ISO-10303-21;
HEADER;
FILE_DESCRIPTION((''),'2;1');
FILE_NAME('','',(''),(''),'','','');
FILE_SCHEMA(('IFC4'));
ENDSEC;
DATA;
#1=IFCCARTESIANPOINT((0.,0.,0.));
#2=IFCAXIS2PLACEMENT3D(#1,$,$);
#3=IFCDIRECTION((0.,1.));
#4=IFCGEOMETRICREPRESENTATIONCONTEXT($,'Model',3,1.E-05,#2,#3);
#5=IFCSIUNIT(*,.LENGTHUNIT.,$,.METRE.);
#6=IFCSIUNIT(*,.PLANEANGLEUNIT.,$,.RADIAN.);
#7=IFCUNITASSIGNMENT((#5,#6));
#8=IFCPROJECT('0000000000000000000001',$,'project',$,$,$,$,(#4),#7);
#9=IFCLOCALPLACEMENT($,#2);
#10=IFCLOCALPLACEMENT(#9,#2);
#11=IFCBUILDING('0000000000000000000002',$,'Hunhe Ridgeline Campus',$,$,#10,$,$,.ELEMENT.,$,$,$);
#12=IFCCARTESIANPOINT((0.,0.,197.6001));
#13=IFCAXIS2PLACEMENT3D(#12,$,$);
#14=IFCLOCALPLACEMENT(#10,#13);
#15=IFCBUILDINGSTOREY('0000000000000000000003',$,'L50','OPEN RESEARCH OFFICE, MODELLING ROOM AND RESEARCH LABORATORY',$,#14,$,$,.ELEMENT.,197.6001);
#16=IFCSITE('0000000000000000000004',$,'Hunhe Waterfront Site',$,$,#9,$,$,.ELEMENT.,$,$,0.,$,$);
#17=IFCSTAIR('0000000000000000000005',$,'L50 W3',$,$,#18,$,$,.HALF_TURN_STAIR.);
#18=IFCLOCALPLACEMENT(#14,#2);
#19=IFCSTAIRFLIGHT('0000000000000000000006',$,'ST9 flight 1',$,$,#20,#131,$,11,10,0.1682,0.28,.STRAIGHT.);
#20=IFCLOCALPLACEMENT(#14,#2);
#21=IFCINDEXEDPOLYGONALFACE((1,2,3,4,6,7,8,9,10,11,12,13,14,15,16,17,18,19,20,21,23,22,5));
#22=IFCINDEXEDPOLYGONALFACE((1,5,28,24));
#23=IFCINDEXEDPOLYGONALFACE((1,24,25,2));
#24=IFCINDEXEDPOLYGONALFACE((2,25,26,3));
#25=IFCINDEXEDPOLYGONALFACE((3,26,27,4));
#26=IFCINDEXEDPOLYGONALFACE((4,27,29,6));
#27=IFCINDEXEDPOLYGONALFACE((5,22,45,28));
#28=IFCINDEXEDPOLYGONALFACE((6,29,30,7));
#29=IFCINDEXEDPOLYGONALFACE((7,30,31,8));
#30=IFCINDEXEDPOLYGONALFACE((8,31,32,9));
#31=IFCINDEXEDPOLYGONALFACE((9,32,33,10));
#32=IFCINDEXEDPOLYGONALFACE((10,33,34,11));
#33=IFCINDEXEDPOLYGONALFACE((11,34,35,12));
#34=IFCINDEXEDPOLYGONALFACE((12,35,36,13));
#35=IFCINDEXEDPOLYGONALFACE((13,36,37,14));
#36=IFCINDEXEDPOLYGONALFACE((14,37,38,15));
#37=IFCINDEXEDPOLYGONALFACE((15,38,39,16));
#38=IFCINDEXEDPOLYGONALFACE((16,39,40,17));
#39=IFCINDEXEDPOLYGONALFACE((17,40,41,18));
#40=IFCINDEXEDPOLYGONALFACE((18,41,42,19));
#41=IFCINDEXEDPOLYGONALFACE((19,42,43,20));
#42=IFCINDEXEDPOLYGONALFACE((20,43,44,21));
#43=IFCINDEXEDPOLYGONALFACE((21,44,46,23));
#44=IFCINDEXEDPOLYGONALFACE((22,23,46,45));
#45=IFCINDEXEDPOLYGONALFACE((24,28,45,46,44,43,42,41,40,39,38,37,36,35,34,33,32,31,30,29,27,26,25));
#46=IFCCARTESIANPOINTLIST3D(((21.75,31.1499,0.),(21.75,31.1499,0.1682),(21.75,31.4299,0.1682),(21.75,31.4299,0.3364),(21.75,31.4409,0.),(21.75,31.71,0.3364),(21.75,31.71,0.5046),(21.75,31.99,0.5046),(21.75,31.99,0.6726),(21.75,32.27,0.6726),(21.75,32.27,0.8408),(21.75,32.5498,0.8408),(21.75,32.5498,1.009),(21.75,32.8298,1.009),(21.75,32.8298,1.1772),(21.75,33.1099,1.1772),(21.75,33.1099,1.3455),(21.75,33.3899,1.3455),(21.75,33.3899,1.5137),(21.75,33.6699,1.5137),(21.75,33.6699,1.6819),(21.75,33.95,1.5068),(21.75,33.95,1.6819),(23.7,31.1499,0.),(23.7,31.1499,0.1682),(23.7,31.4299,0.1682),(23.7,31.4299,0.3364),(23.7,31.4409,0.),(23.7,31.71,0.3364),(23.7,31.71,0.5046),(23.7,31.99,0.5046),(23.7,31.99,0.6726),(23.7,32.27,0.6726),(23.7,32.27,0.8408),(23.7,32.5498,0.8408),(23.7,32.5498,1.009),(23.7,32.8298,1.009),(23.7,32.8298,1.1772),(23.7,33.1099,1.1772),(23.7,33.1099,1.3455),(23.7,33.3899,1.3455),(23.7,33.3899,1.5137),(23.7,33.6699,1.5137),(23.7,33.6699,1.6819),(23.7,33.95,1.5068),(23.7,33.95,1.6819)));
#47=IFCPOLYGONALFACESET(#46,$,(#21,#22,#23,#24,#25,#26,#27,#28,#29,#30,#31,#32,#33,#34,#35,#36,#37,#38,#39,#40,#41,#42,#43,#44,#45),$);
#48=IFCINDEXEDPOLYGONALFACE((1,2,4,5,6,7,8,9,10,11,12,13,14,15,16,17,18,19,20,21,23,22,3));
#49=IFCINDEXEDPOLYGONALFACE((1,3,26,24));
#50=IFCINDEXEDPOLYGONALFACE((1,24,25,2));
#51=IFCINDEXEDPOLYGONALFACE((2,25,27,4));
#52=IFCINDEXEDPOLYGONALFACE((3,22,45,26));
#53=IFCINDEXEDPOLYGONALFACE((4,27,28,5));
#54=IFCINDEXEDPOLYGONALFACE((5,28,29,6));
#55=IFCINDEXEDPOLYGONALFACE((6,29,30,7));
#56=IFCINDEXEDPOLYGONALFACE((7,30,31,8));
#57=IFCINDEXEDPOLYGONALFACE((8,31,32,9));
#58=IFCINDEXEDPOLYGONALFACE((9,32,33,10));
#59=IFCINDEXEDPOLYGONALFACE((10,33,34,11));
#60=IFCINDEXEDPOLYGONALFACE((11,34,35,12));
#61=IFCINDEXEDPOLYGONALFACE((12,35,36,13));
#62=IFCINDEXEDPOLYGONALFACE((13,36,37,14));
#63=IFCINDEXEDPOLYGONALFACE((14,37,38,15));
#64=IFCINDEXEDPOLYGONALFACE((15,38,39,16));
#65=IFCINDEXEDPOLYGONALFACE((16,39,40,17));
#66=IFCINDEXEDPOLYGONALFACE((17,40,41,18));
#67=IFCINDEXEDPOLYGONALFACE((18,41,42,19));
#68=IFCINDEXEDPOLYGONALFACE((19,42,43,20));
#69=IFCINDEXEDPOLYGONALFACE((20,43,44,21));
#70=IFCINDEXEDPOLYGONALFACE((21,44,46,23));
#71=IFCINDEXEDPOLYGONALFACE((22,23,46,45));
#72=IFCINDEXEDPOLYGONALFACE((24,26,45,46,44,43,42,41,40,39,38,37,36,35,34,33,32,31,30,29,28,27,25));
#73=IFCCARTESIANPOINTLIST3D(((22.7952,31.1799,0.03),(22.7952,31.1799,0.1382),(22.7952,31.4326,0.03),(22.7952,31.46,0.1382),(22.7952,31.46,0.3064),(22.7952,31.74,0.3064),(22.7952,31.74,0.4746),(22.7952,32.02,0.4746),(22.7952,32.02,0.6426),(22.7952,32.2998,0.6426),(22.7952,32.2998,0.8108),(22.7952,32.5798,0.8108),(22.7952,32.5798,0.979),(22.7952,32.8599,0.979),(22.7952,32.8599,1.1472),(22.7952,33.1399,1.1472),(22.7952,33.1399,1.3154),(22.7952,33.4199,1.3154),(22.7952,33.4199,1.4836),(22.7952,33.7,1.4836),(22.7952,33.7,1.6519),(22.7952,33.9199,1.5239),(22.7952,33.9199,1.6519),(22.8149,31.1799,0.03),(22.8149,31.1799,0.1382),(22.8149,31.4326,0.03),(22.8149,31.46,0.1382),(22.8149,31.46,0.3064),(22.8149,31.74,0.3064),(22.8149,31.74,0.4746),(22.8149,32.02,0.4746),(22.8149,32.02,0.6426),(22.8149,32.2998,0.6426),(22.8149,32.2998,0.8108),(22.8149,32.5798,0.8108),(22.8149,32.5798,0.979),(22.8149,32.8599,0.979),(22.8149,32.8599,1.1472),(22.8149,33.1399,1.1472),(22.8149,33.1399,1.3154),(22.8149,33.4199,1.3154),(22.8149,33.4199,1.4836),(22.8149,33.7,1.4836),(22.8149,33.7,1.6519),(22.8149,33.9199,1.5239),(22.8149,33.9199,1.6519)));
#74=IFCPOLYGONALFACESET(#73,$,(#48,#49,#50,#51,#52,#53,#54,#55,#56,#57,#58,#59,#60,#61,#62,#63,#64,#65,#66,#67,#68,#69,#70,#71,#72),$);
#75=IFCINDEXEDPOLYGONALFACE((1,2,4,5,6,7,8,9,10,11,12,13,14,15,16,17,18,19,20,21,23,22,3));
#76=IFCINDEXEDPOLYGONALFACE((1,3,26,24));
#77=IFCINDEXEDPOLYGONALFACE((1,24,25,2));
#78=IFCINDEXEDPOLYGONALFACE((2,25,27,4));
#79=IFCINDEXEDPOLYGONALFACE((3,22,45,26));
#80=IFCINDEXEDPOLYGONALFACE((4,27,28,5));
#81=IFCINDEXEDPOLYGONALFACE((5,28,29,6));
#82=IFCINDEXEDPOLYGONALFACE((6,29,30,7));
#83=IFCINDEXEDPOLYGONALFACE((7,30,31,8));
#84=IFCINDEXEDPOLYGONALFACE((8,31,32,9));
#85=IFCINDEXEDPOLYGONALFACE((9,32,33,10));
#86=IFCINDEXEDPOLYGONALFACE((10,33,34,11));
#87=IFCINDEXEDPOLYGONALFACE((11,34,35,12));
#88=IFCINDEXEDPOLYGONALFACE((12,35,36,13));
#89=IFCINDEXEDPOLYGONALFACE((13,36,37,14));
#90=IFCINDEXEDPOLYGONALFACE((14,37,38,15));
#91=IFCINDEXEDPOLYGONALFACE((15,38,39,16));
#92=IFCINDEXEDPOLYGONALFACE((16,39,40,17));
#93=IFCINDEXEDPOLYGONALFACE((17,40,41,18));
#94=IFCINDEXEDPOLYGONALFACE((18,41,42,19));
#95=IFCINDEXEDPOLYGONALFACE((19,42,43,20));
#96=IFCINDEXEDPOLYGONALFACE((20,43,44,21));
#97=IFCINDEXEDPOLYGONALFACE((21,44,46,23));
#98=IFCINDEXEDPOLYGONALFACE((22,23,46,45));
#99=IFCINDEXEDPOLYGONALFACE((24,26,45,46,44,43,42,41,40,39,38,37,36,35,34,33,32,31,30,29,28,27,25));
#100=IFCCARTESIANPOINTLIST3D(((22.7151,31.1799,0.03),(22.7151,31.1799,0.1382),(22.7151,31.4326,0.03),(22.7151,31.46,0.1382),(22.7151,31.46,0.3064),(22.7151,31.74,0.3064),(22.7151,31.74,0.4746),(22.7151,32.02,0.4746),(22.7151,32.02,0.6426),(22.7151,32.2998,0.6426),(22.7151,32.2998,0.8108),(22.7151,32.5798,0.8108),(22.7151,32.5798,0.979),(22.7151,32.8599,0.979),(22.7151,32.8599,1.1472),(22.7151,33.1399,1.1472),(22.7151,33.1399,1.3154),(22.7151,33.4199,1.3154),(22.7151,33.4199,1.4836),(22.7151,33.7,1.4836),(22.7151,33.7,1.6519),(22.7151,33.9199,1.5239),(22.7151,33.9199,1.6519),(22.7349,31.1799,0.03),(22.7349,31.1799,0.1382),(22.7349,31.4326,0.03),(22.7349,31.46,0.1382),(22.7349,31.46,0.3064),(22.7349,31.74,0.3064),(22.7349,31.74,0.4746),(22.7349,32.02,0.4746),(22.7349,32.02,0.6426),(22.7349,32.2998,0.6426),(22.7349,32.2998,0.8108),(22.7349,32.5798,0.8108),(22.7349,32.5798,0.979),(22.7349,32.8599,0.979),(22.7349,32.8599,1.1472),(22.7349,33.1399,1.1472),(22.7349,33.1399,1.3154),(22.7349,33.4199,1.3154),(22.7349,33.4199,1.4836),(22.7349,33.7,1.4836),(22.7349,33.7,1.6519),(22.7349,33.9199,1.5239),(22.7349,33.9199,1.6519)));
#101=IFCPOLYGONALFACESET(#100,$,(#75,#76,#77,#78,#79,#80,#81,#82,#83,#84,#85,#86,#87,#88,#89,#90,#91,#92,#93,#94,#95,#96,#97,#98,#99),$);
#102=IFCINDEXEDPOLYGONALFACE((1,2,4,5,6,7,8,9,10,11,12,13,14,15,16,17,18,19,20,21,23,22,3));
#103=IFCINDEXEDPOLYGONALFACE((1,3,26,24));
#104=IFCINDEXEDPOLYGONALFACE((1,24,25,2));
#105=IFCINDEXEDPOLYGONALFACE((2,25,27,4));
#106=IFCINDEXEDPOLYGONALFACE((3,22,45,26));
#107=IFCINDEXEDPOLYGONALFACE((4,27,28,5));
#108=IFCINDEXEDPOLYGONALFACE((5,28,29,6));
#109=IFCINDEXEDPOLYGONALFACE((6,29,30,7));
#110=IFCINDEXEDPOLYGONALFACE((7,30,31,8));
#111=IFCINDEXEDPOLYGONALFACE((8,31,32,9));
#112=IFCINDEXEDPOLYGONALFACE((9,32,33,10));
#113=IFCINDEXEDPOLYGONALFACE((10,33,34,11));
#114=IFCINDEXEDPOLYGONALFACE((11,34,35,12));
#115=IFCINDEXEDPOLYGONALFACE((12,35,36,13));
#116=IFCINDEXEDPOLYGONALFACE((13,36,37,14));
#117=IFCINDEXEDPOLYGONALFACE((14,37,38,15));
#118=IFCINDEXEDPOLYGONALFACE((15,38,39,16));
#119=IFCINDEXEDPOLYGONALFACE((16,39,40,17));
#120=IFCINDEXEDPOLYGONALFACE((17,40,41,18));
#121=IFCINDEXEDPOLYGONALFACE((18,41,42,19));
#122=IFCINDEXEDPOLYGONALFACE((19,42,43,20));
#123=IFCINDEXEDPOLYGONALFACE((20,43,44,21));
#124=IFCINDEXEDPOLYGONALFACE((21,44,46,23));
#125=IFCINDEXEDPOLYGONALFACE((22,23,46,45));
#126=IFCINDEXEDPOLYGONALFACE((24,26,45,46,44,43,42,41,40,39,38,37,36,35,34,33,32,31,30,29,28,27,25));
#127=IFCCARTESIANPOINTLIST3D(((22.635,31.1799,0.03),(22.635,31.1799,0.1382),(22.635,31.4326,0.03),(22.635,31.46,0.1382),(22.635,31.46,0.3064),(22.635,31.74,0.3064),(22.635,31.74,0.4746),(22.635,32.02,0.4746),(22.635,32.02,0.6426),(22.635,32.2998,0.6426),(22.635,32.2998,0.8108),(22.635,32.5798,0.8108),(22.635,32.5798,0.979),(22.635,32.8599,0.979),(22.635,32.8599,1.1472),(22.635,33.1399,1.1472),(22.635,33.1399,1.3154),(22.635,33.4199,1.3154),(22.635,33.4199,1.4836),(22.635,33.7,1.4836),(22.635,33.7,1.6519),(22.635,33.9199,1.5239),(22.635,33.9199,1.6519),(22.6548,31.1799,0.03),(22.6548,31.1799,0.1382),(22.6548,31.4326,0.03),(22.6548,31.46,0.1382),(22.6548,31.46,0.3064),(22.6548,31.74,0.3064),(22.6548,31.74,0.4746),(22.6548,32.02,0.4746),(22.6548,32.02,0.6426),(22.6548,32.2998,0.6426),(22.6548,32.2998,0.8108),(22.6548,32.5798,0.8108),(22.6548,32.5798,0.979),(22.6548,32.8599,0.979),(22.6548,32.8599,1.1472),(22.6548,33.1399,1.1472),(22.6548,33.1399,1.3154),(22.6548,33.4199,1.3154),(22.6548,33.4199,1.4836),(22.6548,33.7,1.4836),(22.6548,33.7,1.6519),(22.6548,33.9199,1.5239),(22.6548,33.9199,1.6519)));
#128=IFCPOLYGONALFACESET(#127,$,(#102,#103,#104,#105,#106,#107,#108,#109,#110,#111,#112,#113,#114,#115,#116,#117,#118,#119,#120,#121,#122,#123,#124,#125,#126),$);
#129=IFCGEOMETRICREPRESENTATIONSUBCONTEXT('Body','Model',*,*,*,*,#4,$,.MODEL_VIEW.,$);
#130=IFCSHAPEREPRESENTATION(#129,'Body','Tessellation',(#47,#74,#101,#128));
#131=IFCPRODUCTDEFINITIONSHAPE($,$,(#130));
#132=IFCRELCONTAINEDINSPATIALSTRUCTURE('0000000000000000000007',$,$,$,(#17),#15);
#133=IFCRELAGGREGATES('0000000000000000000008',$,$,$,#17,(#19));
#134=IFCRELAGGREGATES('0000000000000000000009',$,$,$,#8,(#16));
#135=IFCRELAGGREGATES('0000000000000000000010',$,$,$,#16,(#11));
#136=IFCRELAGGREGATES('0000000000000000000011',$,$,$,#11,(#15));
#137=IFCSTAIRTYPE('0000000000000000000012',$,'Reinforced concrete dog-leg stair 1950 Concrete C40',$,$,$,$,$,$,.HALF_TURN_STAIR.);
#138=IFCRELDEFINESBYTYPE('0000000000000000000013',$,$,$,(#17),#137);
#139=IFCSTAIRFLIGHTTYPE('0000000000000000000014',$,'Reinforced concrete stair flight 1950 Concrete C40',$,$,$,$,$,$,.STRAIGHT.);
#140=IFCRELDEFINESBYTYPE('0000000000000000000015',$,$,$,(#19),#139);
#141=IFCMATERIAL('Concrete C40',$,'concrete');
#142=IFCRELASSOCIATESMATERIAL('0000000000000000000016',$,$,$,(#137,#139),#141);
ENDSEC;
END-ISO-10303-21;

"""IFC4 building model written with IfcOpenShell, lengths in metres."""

from ifc_helpers import new_model, si_unit, direction, frame, origin, place, context, subcontext, project, spatial, polyline, outline, extrude, material, type_object, element, aggregate, save


model = new_model("IFC4")

# Units and contexts
model_context = context("Model", 3, precision=1e-05, world=origin(), true_north=direction((0.0, 1.0)))
body_context = subcontext(model_context, "Body", "Model", "MODEL_VIEW")
ifc_project = project(units=[si_unit("LENGTHUNIT", "METRE"), si_unit("PLANEANGLEUNIT", "RADIAN")], contexts=[model_context])

# Site, building, storey
site_placement = place(None, origin())
site = spatial("IfcSite", under=ifc_project, at=site_placement, Name="Hunhe Waterfront Site", CompositionType="ELEMENT", RefElevation=0.0)
building_placement = place(site_placement, origin())
building = spatial("IfcBuilding", under=site, at=building_placement, Name="Hunhe Ridgeline Campus", CompositionType="ELEMENT")
storey_placement = place(building_placement, frame((0.0, 0.0, 197.6001)))
storey = spatial("IfcBuildingStorey", under=building, at=storey_placement, Name="L50", Description="OPEN RESEARCH OFFICE, MODELLING ROOM AND RESEARCH LABORATORY", CompositionType="ELEMENT", Elevation=197.6001)

# Stair, stair flight
ifc_material_1 = material(Name="Concrete C40", Category="concrete")
stair_type = type_object("IfcStairType", Name="Reinforced concrete dog-leg stair 1950 Concrete C40", PredefinedType="HALF_TURN_STAIR", material=ifc_material_1)
stair_placement = place(storey_placement, origin())
stair = element("IfcStair", 1, at=stair_placement, inside=storey, type_object=stair_type, Name="L50 W3", PredefinedType="HALF_TURN_STAIR")
stair_flight_type = type_object("IfcStairFlightType", Name="Reinforced concrete stair flight 1950 Concrete C40", PredefinedType="STRAIGHT", material=ifc_material_1)
stair_flight_1_placement = place(storey_placement, frame((22.7251, 31.1499, 0.0), z_axis=(0.0, 0.0, 1.0), x_axis=(0.0, 1.0, 0.0)))
stair_flight_1 = element("IfcStairFlight", 2, at=stair_flight_1_placement, type_object=stair_flight_type, Name="ST9 flight 1", NumberOfRisers=11, NumberOfTreads=10, PredefinedType="STRAIGHT", RiserHeight=0.1682, TreadLength=0.28, context=body_context, shape_type="SweptSolid", body=[
    extrude(outline(polyline([(0.0, 0.0), (0.0, 0.1682), (0.28, 0.1682), (0.28, 0.3364), (0.5601, 0.3364), (0.5601, 0.5046), (0.8401, 0.5046), (0.8401, 0.6726), (1.1201, 0.6726), (1.1201, 0.8408), (1.3999, 0.8408), (1.3999, 1.009), (1.6799, 1.009), (1.6799, 1.1772), (1.96, 1.1772), (1.96, 1.3455), (2.24, 1.3455), (2.24, 1.5137), (2.52, 1.5137), (2.52, 1.6819), (2.8, 1.6819), (2.8, 1.8501), (2.8, 1.5068), (0.291, 0.0), (0.0, 0.0)])), frame((0.0, 0.9751, 0.0), z_axis=(0.0, -1.0, 0.0), x_axis=(1.0, 0.0, 0.0)), (0.0, 0.0, 1.0), 1.95),
    extrude(outline(polyline([(0.03, 0.03), (0.03, 0.1382), (0.3101, 0.1382), (0.3101, 0.3064), (0.5901, 0.3064), (0.5901, 0.4746), (0.8701, 0.4746), (0.8701, 0.6426), (1.1499, 0.6426), (1.1499, 0.8108), (1.4299, 0.8108), (1.4299, 0.979), (1.71, 0.979), (1.71, 1.1472), (1.99, 1.1472), (1.99, 1.3154), (2.27, 1.3154), (2.27, 1.4836), (2.55, 1.4836), (2.55, 1.6519), (2.77, 1.6519), (2.77, 1.5239), (0.2827, 0.03), (0.03, 0.03)])), frame((0.0, -0.0701, 0.0), z_axis=(0.0, -1.0, 0.0), x_axis=(1.0, 0.0, 0.0)), (0.0, 0.0, 1.0), 0.0198),
    extrude(outline(polyline([(0.03, 0.03), (0.03, 0.1382), (0.3101, 0.1382), (0.3101, 0.3064), (0.5901, 0.3064), (0.5901, 0.4746), (0.8701, 0.4746), (0.8701, 0.6426), (1.1499, 0.6426), (1.1499, 0.8108), (1.4299, 0.8108), (1.4299, 0.979), (1.71, 0.979), (1.71, 1.1472), (1.99, 1.1472), (1.99, 1.3154), (2.27, 1.3154), (2.27, 1.4836), (2.55, 1.4836), (2.55, 1.6519), (2.77, 1.6519), (2.77, 1.5239), (0.2827, 0.03), (0.03, 0.03)])), frame((0.0, 0.01, 0.0), z_axis=(0.0, -1.0, 0.0), x_axis=(1.0, 0.0, 0.0)), (0.0, 0.0, 1.0), 0.0198),
    extrude(outline(polyline([(0.03, 0.03), (0.03, 0.1382), (0.3101, 0.1382), (0.3101, 0.3064), (0.5901, 0.3064), (0.5901, 0.4746), (0.8701, 0.4746), (0.8701, 0.6426), (1.1499, 0.6426), (1.1499, 0.8108), (1.4299, 0.8108), (1.4299, 0.979), (1.71, 0.979), (1.71, 1.1472), (1.99, 1.1472), (1.99, 1.3154), (2.27, 1.3154), (2.27, 1.4836), (2.55, 1.4836), (2.55, 1.6519), (2.77, 1.6519), (2.77, 1.5239), (0.2827, 0.03), (0.03, 0.03)])), frame((0.0, 0.0901, 0.0), z_axis=(0.0, -1.0, 0.0), x_axis=(1.0, 0.0, 0.0)), (0.0, 0.0, 1.0), 0.0198),
])
aggregate(stair, [stair_flight_1])

save(model, "model.ifc")
